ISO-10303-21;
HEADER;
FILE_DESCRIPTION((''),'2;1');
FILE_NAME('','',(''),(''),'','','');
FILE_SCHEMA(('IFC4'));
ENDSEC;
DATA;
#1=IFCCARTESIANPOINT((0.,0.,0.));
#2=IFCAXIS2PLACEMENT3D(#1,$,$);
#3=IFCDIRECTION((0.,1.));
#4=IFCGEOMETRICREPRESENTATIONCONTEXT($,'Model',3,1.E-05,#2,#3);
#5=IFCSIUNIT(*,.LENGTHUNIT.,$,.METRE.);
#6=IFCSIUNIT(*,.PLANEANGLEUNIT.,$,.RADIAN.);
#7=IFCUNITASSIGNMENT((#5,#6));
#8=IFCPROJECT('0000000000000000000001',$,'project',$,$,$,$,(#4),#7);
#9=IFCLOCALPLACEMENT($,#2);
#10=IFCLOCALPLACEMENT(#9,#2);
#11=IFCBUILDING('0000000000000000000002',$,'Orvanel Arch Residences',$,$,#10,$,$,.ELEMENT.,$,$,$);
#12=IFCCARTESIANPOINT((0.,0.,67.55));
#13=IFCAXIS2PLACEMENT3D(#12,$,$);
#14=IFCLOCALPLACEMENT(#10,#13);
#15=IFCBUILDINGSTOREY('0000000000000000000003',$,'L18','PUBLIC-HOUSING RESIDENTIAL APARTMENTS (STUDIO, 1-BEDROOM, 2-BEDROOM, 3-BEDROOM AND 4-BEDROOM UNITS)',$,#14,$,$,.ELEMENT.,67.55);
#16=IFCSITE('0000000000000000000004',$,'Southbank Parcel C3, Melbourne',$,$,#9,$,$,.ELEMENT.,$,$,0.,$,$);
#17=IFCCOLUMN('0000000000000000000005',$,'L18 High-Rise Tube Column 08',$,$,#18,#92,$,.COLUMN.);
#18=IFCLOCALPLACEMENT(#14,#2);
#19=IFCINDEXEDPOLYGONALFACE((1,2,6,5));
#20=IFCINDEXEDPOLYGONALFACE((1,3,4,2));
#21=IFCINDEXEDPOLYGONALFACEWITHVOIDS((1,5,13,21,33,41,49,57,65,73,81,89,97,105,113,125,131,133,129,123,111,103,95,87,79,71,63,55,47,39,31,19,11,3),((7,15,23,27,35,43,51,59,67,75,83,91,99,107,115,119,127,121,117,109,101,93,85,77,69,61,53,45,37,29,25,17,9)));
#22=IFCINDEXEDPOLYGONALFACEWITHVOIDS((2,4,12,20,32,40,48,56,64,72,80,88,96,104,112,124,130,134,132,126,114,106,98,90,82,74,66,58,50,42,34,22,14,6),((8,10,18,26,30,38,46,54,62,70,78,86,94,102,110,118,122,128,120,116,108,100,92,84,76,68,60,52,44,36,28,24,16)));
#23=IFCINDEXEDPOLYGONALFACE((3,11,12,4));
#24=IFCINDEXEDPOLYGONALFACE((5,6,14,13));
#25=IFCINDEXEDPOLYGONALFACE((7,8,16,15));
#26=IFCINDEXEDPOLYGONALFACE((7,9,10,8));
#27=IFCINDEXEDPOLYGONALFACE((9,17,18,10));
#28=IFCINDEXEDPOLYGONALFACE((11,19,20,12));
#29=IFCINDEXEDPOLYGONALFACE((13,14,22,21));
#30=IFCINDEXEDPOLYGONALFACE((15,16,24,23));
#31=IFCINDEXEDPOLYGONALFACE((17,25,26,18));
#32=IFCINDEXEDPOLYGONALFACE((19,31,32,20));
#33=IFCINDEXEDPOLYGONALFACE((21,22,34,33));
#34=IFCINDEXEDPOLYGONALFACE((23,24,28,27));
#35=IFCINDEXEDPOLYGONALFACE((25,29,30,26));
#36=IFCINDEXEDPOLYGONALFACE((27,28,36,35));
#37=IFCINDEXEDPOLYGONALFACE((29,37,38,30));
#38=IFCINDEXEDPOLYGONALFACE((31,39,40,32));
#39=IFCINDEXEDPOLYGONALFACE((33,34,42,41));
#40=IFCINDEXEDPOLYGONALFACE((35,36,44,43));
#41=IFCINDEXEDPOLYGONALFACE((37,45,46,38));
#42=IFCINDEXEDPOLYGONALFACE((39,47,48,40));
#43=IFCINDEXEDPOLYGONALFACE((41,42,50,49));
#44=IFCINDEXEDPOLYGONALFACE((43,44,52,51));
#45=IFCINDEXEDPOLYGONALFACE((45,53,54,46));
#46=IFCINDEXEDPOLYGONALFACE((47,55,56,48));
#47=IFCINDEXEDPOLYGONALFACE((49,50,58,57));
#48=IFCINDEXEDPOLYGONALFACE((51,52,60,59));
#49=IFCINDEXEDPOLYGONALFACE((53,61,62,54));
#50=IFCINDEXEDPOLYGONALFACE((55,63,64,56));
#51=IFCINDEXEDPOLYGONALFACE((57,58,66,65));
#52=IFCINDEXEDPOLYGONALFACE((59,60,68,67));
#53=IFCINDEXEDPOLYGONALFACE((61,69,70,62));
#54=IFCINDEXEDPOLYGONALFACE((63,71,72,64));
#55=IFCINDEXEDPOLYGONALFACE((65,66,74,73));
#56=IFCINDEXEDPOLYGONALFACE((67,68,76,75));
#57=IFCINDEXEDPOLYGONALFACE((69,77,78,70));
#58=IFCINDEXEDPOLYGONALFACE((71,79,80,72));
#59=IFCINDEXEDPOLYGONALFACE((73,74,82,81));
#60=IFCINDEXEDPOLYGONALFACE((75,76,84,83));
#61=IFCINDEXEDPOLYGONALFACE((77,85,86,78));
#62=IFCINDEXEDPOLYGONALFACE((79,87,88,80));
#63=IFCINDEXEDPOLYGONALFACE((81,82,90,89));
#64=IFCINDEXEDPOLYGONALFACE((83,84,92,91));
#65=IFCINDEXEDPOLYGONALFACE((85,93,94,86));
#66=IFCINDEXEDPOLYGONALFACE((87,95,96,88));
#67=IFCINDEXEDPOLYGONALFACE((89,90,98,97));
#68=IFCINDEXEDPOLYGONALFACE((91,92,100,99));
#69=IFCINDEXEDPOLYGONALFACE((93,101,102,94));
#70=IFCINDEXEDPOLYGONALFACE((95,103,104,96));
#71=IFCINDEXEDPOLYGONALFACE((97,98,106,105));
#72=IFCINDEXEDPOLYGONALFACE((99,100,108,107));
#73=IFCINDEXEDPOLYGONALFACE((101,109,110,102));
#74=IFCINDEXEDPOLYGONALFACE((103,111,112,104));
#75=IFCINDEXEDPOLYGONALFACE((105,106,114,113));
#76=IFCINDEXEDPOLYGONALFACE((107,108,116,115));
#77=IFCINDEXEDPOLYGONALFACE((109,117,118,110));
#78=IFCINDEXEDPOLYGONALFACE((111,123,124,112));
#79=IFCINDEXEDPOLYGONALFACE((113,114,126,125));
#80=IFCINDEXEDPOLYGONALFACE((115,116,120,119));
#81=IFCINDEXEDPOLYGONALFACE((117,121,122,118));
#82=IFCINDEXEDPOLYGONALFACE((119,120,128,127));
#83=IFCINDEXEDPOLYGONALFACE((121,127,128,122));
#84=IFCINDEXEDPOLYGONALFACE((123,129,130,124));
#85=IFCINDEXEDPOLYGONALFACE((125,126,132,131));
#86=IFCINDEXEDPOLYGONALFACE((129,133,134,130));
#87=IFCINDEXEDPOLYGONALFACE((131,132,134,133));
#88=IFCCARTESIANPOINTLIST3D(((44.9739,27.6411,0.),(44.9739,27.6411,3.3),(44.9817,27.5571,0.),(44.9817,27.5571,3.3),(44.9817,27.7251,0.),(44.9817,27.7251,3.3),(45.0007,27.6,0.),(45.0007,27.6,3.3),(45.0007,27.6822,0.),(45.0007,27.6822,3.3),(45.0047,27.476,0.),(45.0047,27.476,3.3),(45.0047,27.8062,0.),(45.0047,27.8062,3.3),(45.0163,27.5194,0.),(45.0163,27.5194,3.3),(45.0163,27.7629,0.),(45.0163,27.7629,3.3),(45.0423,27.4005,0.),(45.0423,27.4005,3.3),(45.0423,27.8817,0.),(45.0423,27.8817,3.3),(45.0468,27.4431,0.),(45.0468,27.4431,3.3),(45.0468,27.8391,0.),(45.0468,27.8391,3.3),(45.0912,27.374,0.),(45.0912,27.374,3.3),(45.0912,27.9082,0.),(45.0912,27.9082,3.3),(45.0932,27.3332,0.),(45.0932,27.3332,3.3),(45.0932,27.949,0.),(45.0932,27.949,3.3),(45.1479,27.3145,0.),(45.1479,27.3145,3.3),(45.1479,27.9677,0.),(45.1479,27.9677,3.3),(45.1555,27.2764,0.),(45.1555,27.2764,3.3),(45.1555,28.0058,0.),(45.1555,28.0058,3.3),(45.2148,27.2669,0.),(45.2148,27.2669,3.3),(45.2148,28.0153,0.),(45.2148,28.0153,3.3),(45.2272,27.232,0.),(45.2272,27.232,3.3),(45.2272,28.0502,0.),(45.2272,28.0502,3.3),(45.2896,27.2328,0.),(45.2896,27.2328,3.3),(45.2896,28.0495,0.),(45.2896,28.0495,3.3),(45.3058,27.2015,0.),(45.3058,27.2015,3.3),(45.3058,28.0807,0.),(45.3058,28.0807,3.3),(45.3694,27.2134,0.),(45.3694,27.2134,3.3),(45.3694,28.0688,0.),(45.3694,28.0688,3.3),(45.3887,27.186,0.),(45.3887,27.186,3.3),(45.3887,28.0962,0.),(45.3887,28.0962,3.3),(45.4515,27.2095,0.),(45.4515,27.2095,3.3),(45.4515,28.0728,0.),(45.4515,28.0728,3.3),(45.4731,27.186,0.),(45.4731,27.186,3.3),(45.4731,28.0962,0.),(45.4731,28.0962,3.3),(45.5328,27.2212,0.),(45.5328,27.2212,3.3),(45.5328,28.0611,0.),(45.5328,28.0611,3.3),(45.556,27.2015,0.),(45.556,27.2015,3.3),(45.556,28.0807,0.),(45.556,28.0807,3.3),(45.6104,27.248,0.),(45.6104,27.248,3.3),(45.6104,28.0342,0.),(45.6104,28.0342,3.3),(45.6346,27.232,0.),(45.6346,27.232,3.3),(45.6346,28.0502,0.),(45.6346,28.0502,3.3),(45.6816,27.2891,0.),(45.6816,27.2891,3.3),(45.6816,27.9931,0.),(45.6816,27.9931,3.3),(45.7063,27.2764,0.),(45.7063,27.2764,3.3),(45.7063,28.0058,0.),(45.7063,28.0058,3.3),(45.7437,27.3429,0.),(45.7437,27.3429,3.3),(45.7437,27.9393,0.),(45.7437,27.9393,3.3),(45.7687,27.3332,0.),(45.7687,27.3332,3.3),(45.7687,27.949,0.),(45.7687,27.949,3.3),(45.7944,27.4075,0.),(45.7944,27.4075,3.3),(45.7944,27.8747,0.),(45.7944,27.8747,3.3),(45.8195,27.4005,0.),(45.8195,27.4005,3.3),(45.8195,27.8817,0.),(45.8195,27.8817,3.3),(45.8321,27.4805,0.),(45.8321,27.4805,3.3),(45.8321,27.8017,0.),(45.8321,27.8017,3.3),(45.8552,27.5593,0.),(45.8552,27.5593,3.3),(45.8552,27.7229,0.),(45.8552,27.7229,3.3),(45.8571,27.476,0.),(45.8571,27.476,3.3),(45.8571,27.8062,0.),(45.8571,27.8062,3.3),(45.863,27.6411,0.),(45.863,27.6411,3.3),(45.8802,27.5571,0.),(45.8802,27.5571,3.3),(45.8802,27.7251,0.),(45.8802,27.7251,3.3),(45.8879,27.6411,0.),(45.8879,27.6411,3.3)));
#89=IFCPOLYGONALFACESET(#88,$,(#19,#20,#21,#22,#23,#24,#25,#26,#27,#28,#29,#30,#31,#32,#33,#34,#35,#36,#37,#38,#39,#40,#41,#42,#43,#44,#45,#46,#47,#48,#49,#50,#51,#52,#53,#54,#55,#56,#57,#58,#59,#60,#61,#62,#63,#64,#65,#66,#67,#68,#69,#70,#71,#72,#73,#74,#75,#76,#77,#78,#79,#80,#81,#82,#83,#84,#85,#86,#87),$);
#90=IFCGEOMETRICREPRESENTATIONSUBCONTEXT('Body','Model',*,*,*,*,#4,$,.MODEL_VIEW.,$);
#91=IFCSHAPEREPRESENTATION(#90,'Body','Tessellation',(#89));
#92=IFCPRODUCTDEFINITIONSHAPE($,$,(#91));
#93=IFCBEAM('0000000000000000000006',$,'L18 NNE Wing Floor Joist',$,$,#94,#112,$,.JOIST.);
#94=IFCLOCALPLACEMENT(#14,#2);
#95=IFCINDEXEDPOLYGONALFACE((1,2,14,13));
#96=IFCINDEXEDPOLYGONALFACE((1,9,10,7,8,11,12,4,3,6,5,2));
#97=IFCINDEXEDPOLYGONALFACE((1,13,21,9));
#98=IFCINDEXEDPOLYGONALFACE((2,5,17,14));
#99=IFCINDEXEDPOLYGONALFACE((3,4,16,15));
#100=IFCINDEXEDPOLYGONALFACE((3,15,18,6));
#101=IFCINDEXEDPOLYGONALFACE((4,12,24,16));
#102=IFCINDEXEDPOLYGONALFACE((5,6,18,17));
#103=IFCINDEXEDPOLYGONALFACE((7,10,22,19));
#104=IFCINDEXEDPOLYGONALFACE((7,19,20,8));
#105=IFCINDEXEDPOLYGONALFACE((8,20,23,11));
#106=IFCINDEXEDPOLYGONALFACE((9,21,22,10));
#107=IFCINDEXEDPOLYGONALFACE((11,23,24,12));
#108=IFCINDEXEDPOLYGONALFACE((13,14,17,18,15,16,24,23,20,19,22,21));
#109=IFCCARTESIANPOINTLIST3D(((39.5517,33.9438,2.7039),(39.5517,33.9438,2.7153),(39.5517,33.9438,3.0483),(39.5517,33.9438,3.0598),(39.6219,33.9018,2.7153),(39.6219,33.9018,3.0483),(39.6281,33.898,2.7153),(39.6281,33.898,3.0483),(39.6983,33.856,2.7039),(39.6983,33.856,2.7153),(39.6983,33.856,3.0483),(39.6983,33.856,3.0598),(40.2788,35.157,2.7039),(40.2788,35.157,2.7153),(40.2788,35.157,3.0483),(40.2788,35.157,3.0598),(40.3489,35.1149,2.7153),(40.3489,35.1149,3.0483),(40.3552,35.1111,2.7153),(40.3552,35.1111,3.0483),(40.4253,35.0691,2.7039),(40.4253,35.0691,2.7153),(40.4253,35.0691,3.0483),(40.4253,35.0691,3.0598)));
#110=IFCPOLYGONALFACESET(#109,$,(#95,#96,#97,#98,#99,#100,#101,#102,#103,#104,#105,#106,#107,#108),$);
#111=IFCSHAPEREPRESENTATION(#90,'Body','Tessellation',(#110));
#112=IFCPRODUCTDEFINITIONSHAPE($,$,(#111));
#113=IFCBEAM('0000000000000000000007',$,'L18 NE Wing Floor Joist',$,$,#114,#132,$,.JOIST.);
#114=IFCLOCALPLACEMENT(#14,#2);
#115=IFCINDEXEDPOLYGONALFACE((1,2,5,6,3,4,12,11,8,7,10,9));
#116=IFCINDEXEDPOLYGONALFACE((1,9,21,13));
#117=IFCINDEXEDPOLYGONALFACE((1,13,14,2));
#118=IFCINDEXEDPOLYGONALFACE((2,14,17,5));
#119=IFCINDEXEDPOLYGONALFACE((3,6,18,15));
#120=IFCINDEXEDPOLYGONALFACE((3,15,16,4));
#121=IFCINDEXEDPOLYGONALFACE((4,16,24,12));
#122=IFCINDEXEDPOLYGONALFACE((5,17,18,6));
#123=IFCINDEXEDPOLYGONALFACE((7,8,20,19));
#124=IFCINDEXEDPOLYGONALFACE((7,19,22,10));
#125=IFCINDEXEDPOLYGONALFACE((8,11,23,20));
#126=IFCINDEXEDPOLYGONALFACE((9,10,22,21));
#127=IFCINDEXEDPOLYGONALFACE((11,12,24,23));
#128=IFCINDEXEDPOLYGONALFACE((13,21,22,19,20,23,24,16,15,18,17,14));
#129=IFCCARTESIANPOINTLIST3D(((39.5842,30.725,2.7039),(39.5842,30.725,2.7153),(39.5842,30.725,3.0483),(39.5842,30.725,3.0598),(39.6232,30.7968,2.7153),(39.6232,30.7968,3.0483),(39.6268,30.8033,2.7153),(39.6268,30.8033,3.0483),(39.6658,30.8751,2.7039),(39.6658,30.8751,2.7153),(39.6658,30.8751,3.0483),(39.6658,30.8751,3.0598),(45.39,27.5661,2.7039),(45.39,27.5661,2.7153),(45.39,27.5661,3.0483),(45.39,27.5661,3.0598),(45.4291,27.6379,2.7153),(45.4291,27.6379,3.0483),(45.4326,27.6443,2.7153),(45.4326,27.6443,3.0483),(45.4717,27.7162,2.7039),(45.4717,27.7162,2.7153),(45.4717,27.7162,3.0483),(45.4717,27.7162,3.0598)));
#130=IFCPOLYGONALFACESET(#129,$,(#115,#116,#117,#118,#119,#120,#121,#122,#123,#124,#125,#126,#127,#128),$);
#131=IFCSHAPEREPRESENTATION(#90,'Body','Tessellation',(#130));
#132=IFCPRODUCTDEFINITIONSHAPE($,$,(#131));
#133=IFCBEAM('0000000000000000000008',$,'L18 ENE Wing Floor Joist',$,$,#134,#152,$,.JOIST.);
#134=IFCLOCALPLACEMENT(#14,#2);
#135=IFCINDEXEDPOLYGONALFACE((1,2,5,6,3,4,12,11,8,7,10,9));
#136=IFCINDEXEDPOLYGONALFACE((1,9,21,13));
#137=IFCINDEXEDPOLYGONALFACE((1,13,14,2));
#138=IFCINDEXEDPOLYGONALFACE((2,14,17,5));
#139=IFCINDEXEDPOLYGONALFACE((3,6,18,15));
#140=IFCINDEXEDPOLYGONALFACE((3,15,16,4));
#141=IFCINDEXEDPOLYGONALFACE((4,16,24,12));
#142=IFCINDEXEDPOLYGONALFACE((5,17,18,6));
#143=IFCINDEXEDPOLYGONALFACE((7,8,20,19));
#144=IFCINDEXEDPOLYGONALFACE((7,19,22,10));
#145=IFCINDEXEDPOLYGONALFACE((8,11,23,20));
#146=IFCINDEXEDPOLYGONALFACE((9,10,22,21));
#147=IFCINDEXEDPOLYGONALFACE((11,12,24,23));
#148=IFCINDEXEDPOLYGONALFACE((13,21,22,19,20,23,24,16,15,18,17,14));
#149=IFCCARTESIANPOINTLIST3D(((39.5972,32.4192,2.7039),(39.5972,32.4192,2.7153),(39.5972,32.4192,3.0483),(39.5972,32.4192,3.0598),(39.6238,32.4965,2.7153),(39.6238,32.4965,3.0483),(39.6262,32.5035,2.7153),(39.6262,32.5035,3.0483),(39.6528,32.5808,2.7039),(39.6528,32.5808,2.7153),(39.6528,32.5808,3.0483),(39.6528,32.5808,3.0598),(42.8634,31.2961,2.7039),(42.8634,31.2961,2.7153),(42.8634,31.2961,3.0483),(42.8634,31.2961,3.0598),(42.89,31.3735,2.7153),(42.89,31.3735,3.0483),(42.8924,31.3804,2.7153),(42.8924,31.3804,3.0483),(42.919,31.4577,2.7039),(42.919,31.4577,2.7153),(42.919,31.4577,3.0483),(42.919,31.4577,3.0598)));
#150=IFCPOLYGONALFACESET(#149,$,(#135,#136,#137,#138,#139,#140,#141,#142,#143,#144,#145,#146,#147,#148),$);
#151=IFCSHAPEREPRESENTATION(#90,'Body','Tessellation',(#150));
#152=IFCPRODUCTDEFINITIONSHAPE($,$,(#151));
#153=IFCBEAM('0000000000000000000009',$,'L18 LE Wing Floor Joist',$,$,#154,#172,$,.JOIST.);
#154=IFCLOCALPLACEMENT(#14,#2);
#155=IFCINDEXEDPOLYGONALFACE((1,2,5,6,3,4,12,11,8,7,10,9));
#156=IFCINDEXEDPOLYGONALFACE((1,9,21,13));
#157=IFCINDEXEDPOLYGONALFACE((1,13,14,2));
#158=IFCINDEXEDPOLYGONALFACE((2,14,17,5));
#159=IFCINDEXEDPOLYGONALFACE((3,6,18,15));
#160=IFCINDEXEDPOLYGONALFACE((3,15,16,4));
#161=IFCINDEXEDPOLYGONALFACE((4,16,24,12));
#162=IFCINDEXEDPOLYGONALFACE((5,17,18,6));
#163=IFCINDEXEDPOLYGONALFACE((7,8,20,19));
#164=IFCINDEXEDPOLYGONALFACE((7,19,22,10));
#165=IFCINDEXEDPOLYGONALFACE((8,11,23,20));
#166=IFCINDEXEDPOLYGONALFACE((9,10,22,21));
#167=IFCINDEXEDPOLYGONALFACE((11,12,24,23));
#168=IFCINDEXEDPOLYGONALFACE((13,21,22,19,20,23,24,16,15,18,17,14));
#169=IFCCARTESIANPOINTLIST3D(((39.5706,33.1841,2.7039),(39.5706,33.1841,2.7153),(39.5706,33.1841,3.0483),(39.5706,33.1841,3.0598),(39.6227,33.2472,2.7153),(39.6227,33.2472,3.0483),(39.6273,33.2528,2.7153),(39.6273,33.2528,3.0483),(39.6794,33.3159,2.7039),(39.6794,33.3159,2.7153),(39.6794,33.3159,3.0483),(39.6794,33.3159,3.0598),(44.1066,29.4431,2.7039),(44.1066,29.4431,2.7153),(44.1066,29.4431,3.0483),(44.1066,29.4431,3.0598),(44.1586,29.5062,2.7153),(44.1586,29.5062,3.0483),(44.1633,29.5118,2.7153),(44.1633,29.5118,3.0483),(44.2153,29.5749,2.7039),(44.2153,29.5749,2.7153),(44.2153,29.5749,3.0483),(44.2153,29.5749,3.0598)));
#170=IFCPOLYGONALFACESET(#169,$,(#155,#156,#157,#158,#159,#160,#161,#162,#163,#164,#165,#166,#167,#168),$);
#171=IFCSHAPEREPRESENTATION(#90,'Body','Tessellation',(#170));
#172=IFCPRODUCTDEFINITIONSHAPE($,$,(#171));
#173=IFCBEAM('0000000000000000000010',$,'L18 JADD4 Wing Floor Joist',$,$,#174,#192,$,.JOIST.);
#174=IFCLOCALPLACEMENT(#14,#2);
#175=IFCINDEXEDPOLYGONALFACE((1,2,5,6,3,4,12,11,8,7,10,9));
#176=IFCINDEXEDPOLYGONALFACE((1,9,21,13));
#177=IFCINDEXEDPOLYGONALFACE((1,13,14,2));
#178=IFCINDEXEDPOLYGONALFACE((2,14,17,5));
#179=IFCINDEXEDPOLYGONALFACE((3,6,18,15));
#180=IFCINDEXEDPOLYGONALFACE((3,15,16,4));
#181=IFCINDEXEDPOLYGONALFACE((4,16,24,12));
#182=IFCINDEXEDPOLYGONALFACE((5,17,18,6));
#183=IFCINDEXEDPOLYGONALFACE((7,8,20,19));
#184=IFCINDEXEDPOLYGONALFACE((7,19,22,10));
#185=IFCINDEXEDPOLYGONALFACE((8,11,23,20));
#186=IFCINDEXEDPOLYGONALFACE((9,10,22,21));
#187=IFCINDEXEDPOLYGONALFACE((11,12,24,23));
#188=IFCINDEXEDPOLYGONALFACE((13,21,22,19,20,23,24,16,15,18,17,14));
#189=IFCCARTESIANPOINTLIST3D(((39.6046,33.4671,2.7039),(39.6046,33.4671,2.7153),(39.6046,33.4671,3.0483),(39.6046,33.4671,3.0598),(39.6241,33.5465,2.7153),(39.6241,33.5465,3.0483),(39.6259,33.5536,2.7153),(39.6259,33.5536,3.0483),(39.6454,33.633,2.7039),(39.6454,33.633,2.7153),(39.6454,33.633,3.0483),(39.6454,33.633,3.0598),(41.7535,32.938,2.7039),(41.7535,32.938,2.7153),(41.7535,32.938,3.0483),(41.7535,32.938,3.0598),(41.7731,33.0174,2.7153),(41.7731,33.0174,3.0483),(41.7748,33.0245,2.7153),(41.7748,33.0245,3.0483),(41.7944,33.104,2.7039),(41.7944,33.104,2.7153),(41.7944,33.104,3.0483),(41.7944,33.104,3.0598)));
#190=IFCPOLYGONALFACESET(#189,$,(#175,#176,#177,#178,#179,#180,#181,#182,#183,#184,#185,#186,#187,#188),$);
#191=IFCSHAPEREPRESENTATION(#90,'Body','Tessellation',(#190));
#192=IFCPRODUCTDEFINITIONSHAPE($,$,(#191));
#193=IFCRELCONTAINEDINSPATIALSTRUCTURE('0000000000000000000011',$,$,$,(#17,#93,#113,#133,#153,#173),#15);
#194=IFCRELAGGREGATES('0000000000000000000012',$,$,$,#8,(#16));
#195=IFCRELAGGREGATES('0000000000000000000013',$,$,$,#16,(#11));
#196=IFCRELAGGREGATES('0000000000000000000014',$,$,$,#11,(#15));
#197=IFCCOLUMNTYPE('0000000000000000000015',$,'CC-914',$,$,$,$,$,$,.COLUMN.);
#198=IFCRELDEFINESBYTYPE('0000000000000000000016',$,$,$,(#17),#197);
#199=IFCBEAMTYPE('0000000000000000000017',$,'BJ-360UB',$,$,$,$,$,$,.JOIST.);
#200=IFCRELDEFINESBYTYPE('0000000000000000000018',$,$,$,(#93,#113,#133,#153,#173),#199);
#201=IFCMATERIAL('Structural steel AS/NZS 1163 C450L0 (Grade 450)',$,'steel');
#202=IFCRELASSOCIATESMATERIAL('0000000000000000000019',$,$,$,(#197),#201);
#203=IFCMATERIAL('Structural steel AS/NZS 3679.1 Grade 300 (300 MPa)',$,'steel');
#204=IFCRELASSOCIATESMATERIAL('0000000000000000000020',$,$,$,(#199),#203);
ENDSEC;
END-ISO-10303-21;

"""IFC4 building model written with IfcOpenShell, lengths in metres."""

from ifc_helpers import new_model, si_unit, direction, frame, origin, origin_2d, place, context, subcontext, project, spatial, hollow_circle, i_section, extrude, material, material_profile, profile_set, type_object, element, save


model = new_model("IFC4")

# Units and contexts
model_context = context("Model", 3, precision=1e-05, world=origin(), true_north=direction((0.0, 1.0)))
body_context = subcontext(model_context, "Body", "Model", "MODEL_VIEW")
ifc_project = project(units=[si_unit("LENGTHUNIT", "METRE"), si_unit("PLANEANGLEUNIT", "RADIAN")], contexts=[model_context])

# Site, building, storey
site_placement = place(None, origin())
site = spatial("IfcSite", under=ifc_project, at=site_placement, Name="Southbank Parcel C3, Melbourne", CompositionType="ELEMENT", RefElevation=0.0)
building_placement = place(site_placement, origin())
building = spatial("IfcBuilding", under=site, at=building_placement, Name="Orvanel Arch Residences", CompositionType="ELEMENT")
storey_placement = place(building_placement, frame((0.0, 0.0, 67.55)))
storey = spatial("IfcBuildingStorey", under=building, at=storey_placement, Name="L18", Description="PUBLIC-HOUSING RESIDENTIAL APARTMENTS (STUDIO, 1-BEDROOM, 2-BEDROOM, 3-BEDROOM AND 4-BEDROOM UNITS)", CompositionType="ELEMENT", Elevation=67.55)

# Column
ifc_material_1 = material(Name="Structural steel AS/NZS 1163 C450L0 (Grade 450)", Category="steel")
ifc_material_profile_1 = material_profile(ifc_material_1, hollow_circle(Radius=0.457, WallThickness=0.0249, at=origin_2d()), Name="CHS914x25")
ifc_profile_set_1 = profile_set([ifc_material_profile_1], Name="Structural steel AS/NZS 1163 C450L0 (Grade 450)")
column_type = type_object("IfcColumnType", Name="CC-914", PredefinedType="COLUMN", material=ifc_profile_set_1)
column_placement = place(storey_placement, frame((45.4309, 27.6411, 0.0), z_axis=(0.0, 0.0, 1.0), x_axis=(1.0, 0.0, 0.0)))
element("IfcColumn", 1, at=column_placement, inside=storey, type_object=column_type, Name="L18 High-Rise Tube Column 08", PredefinedType="COLUMN", context=body_context, shape_type="SweptSolid", body=[
    extrude(hollow_circle(Radius=0.457, WallThickness=0.0249, at=origin_2d()), origin(), (0.0, 0.0, 1.0), 3.3),
])

# Beams
ifc_material_2 = material(Name="Structural steel AS/NZS 3679.1 Grade 300 (300 MPa)", Category="steel")
ifc_material_profile_2 = material_profile(ifc_material_2, i_section(OverallWidth=0.1709, OverallDepth=0.356, WebThickness=0.0073, FlangeThickness=0.0115, at=origin_2d()), Name="360UB50.7")
ifc_profile_set_2 = profile_set([ifc_material_profile_2], Name="Structural steel AS/NZS 3679.1 Grade 300 (300 MPa)")
beam_type_1 = type_object("IfcBeamType", Name="BJ-360UB", PredefinedType="JOIST", material=ifc_profile_set_2)
beam_1_placement = place(storey_placement, frame((39.625, 33.8999, 2.8818), z_axis=(0.514064, 0.857752, 0.0), x_axis=(-0.857752, 0.514064, 0.0)))
element("IfcBeam", 2, at=beam_1_placement, inside=storey, type_object=beam_type_1, Name="L18 NNE Wing Floor Joist", PredefinedType="JOIST", context=body_context, shape_type="SweptSolid", body=[
    extrude(i_section(OverallWidth=0.1709, OverallDepth=0.356, WebThickness=0.0073, FlangeThickness=0.0115, at=origin_2d()), origin(), (0.0, 0.0, 1.0), 1.4143),
])
beam_2_placement = place(storey_placement, frame((39.625, 30.8, 2.8818), z_axis=(0.878399, -0.477928, 0.0), x_axis=(0.477928, 0.878399, 0.0)))
element("IfcBeam", 3, at=beam_2_placement, inside=storey, type_object=beam_type_1, Name="L18 NE Wing Floor Joist", PredefinedType="JOIST", context=body_context, shape_type="SweptSolid", body=[
    extrude(i_section(OverallWidth=0.1709, OverallDepth=0.356, WebThickness=0.0073, FlangeThickness=0.0115, at=origin_2d()), origin(), (0.0, 0.0, 1.0), 6.6096),
])
beam_3_placement = place(storey_placement, frame((39.625, 32.5, 2.8818), z_axis=(0.945658, -0.325163, 0.0), x_axis=(0.325163, 0.945658, 0.0)))
element("IfcBeam", 4, at=beam_3_placement, inside=storey, type_object=beam_type_1, Name="L18 ENE Wing Floor Joist", PredefinedType="JOIST", context=body_context, shape_type="SweptSolid", body=[
    extrude(i_section(OverallWidth=0.1709, OverallDepth=0.356, WebThickness=0.0073, FlangeThickness=0.0115, at=origin_2d()), origin(), (0.0, 0.0, 1.0), 3.4539),
])
beam_4_placement = place(storey_placement, frame((39.625, 33.25, 2.8818), z_axis=(0.771469, -0.636267, 0.0), x_axis=(0.636267, 0.771469, 0.0)))
element("IfcBeam", 5, at=beam_4_placement, inside=storey, type_object=beam_type_1, Name="L18 LE Wing Floor Joist", PredefinedType="JOIST", context=body_context, shape_type="SweptSolid", body=[
    extrude(i_section(OverallWidth=0.1709, OverallDepth=0.356, WebThickness=0.0073, FlangeThickness=0.0115, at=origin_2d()), origin(), (0.0, 0.0, 1.0), 5.8796),
])
beam_5_placement = place(storey_placement, frame((39.625, 33.55, 2.8818), z_axis=(0.971006, -0.239056, 0.0), x_axis=(0.239056, 0.971006, 0.0)))
element("IfcBeam", 6, at=beam_5_placement, inside=storey, type_object=beam_type_1, Name="L18 JADD4 Wing Floor Joist", PredefinedType="JOIST", context=body_context, shape_type="SweptSolid", body=[
    extrude(i_section(OverallWidth=0.1709, OverallDepth=0.356, WebThickness=0.0073, FlangeThickness=0.0115, at=origin_2d()), origin(), (0.0, 0.0, 1.0), 2.2131),
])

save(model, "model.ifc")
